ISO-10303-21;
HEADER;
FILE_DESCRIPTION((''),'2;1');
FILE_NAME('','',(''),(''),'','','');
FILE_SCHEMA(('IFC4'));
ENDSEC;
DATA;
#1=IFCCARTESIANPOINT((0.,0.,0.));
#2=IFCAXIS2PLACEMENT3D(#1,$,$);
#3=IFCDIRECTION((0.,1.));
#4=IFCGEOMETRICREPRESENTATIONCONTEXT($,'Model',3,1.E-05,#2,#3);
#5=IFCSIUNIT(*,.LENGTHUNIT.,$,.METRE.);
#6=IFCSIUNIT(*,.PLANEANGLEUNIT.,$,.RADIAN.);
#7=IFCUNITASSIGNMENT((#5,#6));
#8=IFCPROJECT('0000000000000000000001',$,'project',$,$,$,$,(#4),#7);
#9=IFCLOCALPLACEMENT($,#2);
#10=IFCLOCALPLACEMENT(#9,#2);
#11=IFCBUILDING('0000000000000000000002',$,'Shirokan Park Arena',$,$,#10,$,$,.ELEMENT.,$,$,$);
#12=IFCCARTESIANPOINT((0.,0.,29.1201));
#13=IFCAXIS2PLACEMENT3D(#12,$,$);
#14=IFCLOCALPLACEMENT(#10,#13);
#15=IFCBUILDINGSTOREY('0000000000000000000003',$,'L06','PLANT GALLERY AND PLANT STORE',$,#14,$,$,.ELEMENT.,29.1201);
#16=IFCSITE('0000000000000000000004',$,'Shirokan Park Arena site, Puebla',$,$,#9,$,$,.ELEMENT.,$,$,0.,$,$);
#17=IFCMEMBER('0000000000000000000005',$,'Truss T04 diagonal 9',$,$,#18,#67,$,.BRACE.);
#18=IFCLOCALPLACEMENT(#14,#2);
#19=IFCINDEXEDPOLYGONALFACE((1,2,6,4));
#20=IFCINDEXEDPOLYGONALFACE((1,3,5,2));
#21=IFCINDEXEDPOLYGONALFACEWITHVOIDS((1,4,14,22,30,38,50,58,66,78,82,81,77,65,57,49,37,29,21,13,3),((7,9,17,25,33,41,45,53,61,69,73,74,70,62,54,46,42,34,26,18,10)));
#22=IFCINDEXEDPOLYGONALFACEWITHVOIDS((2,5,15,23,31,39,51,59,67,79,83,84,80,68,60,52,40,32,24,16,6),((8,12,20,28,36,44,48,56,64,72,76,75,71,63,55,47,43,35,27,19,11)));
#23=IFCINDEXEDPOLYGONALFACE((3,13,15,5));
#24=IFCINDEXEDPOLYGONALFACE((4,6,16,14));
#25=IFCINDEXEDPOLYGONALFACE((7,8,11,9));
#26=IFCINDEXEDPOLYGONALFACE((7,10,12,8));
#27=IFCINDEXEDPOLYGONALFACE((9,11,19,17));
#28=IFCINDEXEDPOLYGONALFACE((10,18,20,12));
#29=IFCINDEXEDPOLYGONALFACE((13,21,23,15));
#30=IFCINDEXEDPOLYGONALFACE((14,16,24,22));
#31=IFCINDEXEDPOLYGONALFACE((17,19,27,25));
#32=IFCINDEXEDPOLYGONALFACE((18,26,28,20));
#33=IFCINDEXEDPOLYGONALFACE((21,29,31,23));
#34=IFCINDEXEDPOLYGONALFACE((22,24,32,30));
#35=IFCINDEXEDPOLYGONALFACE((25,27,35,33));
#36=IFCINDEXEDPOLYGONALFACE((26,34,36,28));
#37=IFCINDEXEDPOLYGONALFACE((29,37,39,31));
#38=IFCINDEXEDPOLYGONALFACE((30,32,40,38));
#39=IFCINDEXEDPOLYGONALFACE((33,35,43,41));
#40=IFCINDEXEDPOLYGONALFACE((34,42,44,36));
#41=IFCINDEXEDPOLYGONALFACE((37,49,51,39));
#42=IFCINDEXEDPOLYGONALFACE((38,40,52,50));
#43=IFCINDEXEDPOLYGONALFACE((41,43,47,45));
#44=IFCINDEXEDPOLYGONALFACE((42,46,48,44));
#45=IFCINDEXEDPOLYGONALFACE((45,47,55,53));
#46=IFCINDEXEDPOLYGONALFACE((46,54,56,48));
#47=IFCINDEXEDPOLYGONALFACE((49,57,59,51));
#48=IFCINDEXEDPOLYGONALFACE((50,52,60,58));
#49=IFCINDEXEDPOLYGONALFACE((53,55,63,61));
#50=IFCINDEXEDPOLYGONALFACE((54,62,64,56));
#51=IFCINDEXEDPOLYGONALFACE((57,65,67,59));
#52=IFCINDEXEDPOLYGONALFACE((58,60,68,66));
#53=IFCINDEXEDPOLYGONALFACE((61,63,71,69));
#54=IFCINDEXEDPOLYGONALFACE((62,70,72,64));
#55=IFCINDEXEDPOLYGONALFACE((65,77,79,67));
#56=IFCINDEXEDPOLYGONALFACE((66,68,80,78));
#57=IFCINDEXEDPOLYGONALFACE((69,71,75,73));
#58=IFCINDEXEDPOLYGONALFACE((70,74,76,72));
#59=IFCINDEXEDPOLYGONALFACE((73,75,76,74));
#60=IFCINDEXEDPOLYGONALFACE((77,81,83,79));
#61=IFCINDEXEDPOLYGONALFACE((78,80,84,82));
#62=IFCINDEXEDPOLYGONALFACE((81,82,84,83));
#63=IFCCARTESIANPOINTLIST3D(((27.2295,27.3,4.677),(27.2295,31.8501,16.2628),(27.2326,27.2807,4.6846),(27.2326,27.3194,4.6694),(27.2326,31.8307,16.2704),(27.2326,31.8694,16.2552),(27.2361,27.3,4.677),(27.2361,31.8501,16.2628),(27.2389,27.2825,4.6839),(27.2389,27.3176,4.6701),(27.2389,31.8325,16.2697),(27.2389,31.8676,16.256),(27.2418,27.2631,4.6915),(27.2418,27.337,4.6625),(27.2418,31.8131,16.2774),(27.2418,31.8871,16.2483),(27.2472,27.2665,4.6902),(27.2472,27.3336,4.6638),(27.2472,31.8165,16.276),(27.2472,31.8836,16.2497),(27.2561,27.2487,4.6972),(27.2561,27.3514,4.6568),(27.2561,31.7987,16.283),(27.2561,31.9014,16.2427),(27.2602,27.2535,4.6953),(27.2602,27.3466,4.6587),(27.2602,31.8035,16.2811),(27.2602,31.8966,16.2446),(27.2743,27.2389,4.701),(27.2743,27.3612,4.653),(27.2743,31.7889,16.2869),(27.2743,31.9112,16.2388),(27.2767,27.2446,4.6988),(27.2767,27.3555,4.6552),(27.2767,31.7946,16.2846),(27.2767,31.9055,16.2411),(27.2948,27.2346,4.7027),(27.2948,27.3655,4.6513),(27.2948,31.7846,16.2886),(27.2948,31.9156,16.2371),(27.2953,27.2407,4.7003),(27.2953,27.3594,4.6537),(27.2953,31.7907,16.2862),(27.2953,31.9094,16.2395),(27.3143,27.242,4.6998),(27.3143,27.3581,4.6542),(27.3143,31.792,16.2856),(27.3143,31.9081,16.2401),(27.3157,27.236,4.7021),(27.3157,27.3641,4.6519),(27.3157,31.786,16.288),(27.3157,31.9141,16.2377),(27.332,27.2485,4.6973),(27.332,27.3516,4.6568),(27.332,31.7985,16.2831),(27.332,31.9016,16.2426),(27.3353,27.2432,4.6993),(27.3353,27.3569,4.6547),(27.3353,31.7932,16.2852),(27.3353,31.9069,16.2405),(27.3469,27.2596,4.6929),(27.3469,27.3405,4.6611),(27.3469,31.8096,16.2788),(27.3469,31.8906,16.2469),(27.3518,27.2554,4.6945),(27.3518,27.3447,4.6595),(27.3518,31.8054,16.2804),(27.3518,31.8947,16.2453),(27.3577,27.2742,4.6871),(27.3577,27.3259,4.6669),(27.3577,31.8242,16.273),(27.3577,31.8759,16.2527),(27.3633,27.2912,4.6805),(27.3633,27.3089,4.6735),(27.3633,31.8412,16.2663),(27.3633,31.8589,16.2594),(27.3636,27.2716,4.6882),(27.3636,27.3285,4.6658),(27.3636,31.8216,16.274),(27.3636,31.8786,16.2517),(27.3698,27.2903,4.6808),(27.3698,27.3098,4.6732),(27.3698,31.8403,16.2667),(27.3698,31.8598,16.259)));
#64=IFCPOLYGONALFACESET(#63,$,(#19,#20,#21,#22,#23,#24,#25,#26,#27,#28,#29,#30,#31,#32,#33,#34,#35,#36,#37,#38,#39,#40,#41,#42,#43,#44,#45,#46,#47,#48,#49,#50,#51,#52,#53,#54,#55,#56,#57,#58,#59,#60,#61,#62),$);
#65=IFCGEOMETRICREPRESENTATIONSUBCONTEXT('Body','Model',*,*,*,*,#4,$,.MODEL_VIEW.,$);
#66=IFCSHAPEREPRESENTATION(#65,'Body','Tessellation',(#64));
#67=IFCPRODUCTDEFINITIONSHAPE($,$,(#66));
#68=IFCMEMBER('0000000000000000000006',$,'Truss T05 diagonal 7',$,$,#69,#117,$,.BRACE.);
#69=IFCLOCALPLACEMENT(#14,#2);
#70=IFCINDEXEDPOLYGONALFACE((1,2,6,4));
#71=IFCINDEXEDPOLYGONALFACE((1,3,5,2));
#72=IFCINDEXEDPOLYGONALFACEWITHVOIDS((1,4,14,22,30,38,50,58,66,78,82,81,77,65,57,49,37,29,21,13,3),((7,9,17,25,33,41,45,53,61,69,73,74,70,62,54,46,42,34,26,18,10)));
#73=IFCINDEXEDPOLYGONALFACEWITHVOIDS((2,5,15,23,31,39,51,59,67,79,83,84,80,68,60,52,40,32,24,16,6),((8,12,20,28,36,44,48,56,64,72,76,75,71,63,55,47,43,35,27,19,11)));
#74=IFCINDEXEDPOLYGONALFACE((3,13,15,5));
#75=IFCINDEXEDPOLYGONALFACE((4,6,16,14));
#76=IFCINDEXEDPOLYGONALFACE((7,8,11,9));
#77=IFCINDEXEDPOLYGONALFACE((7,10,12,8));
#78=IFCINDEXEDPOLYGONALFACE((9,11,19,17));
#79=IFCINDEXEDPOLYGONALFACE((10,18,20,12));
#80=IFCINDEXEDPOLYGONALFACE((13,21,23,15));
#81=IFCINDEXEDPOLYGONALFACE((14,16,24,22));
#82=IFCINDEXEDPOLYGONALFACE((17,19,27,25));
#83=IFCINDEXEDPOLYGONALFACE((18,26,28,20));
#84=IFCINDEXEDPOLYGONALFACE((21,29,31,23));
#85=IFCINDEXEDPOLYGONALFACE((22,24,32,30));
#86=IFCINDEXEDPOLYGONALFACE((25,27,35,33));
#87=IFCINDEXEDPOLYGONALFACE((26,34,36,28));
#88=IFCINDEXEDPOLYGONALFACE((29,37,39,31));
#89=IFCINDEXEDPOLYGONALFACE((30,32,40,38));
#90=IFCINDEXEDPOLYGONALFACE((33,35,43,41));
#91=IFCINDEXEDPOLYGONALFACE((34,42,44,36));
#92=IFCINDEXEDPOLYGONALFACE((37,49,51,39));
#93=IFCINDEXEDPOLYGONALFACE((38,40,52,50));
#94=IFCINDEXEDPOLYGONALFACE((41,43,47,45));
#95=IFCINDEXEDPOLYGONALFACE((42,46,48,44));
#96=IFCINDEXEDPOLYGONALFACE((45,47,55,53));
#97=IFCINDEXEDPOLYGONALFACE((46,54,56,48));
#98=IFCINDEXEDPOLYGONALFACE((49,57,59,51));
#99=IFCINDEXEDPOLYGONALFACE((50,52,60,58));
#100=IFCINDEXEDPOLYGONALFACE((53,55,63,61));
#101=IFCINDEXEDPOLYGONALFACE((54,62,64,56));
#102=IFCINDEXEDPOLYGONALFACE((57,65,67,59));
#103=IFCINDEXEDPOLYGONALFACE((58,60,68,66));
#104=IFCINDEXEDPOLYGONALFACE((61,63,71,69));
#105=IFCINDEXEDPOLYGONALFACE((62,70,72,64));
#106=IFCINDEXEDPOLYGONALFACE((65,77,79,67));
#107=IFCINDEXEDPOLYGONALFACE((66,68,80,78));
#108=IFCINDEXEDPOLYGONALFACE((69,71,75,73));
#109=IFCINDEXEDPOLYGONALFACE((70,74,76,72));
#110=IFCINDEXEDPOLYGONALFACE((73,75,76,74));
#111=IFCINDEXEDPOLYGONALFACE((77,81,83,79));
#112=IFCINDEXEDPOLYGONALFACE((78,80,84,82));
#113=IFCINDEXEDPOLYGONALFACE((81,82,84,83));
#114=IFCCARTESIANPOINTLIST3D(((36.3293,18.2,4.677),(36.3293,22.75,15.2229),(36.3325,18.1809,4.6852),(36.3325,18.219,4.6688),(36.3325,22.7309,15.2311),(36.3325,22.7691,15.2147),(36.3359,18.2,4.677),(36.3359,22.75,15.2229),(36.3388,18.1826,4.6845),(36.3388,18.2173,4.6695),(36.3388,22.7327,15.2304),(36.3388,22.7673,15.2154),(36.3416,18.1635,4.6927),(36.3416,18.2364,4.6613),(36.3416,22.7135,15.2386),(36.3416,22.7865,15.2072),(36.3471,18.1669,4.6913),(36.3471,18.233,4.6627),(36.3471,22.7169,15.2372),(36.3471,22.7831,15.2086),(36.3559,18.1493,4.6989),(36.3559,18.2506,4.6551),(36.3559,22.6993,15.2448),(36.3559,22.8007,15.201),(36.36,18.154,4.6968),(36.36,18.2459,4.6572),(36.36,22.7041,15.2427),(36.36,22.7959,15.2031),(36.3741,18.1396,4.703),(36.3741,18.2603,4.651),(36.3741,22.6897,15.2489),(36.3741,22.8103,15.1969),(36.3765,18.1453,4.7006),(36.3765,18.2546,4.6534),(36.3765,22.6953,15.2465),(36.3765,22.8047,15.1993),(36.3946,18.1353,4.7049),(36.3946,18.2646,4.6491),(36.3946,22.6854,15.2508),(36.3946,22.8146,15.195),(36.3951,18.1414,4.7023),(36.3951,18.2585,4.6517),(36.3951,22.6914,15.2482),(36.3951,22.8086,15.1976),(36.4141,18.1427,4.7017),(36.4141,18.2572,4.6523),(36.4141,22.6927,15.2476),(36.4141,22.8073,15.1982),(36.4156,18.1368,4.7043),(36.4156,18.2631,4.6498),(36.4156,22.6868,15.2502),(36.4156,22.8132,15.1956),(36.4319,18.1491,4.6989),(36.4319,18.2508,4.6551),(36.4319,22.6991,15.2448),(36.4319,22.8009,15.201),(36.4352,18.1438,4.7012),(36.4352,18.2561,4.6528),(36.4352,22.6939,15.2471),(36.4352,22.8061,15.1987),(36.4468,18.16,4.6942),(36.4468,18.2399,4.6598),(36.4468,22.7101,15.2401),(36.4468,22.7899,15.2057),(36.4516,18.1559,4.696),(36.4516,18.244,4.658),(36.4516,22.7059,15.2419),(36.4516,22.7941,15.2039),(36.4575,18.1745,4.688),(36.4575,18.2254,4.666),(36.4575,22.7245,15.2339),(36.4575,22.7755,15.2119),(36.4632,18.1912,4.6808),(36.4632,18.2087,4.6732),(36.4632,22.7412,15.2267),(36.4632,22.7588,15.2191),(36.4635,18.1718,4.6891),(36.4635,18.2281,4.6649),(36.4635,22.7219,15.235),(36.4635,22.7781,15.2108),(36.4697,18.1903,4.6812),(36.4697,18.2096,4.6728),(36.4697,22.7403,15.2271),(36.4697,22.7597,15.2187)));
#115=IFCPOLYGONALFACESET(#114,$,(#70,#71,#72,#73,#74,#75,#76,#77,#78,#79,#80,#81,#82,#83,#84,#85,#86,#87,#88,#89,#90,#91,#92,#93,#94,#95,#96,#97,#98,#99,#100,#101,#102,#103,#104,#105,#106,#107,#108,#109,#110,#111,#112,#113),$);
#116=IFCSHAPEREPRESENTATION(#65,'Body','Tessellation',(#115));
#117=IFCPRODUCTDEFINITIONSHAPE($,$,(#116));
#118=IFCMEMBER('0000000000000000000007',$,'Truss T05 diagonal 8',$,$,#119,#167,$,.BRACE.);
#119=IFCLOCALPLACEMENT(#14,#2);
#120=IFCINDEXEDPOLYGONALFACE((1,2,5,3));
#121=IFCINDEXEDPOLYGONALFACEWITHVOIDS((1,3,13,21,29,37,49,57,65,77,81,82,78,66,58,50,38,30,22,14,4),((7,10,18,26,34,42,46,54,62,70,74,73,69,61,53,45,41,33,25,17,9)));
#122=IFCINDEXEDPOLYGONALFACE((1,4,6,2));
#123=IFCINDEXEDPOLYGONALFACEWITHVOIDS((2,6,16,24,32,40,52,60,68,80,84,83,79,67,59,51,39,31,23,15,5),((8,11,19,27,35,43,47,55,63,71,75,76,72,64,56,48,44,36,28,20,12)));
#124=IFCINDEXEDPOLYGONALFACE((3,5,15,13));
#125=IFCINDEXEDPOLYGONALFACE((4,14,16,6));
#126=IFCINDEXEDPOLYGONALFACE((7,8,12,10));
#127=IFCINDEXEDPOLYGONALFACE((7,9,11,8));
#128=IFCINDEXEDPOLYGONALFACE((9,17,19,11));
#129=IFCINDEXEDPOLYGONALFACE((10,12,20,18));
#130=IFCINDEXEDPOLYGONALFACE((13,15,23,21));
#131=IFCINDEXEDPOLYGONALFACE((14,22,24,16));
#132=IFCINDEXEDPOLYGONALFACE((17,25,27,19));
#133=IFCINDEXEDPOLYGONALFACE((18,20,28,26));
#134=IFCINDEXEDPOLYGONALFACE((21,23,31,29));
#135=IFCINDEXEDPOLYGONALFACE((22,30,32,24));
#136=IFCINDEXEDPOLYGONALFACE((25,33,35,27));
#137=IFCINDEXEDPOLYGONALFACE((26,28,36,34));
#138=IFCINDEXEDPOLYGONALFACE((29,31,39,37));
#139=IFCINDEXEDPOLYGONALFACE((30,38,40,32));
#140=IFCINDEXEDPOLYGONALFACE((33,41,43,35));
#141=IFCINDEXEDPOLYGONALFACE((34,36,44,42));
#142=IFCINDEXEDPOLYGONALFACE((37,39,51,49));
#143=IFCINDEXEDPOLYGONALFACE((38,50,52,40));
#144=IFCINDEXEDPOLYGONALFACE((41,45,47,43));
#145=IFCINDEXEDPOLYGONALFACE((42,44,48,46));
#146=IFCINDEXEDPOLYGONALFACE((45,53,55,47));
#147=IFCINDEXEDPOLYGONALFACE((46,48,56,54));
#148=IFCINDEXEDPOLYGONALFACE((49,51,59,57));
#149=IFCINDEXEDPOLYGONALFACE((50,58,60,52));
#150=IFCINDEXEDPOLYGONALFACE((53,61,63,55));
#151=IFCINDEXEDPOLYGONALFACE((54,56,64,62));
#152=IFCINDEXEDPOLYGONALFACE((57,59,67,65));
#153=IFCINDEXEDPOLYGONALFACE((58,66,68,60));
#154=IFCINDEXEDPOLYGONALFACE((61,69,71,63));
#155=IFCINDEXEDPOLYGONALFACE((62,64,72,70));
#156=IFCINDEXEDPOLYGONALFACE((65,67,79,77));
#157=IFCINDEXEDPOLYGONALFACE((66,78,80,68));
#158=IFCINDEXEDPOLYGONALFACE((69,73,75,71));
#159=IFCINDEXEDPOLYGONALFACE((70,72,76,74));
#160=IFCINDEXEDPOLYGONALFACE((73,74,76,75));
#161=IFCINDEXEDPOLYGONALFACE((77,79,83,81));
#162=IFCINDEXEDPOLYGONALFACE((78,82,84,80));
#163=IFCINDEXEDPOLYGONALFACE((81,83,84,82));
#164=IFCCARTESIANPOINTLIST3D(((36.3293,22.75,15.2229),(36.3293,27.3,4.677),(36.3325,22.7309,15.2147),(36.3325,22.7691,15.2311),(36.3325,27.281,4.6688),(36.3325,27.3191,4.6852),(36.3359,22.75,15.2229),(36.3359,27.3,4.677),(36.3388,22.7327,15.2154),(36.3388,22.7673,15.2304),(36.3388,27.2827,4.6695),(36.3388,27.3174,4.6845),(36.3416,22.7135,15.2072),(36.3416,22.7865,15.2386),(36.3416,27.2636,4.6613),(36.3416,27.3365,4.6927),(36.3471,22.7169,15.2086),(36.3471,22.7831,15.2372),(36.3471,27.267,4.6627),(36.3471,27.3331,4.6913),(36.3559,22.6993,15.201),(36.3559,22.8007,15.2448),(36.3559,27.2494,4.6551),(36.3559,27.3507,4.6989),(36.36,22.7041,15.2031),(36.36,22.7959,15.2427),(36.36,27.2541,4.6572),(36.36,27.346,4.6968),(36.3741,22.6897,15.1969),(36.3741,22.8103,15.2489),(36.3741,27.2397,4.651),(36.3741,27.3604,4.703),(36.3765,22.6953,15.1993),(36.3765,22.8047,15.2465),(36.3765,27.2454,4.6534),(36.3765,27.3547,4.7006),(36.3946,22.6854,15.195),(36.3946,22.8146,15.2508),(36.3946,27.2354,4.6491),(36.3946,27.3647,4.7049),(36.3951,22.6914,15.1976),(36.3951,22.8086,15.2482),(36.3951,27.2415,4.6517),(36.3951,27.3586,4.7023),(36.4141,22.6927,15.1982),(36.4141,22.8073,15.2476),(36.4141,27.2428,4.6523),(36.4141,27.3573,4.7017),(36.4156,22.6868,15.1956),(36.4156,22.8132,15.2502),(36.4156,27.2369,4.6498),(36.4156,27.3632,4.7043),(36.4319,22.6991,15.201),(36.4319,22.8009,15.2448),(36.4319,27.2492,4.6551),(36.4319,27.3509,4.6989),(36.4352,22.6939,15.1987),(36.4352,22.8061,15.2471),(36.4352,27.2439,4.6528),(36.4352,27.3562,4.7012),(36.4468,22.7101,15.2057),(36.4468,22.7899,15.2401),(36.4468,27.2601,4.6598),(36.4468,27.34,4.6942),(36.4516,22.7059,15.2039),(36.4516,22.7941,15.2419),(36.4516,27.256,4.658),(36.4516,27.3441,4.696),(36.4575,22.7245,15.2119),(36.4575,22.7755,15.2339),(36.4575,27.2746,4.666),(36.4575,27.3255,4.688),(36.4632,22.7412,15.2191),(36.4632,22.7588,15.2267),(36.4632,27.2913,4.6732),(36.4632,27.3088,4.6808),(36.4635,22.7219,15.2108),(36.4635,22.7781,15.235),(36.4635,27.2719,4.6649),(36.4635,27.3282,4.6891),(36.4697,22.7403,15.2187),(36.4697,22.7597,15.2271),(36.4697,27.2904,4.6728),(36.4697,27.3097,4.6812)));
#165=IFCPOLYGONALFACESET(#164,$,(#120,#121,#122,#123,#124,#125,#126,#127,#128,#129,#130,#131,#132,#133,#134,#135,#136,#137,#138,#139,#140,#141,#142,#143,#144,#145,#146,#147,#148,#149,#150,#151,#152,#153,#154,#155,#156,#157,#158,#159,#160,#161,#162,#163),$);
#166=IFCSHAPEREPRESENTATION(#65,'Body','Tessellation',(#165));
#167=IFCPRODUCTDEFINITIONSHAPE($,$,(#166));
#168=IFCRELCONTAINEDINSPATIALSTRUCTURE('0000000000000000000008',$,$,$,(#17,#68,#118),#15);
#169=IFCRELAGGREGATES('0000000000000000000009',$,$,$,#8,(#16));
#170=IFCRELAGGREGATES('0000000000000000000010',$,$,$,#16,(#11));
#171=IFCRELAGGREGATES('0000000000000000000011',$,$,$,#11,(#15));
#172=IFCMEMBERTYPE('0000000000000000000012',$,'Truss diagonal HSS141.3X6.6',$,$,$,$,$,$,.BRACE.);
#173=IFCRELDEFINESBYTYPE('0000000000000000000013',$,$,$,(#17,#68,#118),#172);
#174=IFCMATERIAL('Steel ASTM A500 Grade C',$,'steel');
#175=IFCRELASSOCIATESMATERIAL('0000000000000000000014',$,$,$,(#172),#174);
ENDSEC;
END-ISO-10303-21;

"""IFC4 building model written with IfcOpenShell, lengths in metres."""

from ifc_helpers import new_model, si_unit, direction, frame, origin, origin_2d, place, context, subcontext, project, spatial, hollow_circle, extrude, material, material_profile, profile_set, type_object, element, save


model = new_model("IFC4")

# Units and contexts
model_context = context("Model", 3, precision=1e-05, world=origin(), true_north=direction((0.0, 1.0)))
body_context = subcontext(model_context, "Body", "Model", "MODEL_VIEW")
ifc_project = project(units=[si_unit("LENGTHUNIT", "METRE"), si_unit("PLANEANGLEUNIT", "RADIAN")], contexts=[model_context])

# Site, building, storey
site_placement = place(None, origin())
site = spatial("IfcSite", under=ifc_project, at=site_placement, Name="Shirokan Park Arena site, Puebla", CompositionType="ELEMENT", RefElevation=0.0)
building_placement = place(site_placement, origin())
building = spatial("IfcBuilding", under=site, at=building_placement, Name="Shirokan Park Arena", CompositionType="ELEMENT")
storey_placement = place(building_placement, frame((0.0, 0.0, 29.1201)))
storey = spatial("IfcBuildingStorey", under=building, at=storey_placement, Name="L06", Description="PLANT GALLERY AND PLANT STORE", CompositionType="ELEMENT", Elevation=29.1201)

# Shared definitions
ifc_material_1 = material(Name="Steel ASTM A500 Grade C", Category="steel")

# Members
ifc_material_profile_1 = material_profile(ifc_material_1, hollow_circle(Radius=0.0706, WallThickness=0.0066, at=origin_2d()), Name="HSS141.3X6.6")
ifc_profile_set_1 = profile_set([ifc_material_profile_1], Name="Steel ASTM A500 Grade C")
member_type_1 = type_object("IfcMemberType", Name="Truss diagonal HSS141.3X6.6", PredefinedType="BRACE", material=ifc_profile_set_1)
member_1_placement = place(storey_placement, frame((27.3, 27.3, 4.677), z_axis=(0.0, 0.365543, 0.930794), x_axis=(-1.0, 0.0, 0.0)))
element("IfcMember", 1, at=member_1_placement, inside=storey, type_object=member_type_1, Name="Truss T04 diagonal 9", PredefinedType="BRACE", context=body_context, shape_type="SweptSolid", body=[
    extrude(hollow_circle(Radius=0.0706, WallThickness=0.0066, at=origin_2d()), origin(), (0.0, 0.0, 1.0), 12.4473),
])
for number, where, z_axis, x_axis, name in (
    (2, (36.3999, 18.2, 4.677), (0.0, 0.396153, 0.918185), (-1.0, 0.0, 0.0), "Truss T05 diagonal 7"),
    (3, (36.3999, 22.75, 15.2229), (0.0, 0.396153, -0.918185), (-1.0, 0.0, 0.0), "Truss T05 diagonal 8"),
):
    element("IfcMember", number, at=place(storey_placement, frame(where, z_axis=z_axis, x_axis=x_axis)), inside=storey, type_object=member_type_1, Name=name, PredefinedType="BRACE", context=body_context, shape_type="SweptSolid", body=[
        extrude(hollow_circle(Radius=0.0706, WallThickness=0.0066, at=origin_2d()), origin(), (0.0, 0.0, 1.0), 11.4856),
    ])

save(model, "model.ifc")
